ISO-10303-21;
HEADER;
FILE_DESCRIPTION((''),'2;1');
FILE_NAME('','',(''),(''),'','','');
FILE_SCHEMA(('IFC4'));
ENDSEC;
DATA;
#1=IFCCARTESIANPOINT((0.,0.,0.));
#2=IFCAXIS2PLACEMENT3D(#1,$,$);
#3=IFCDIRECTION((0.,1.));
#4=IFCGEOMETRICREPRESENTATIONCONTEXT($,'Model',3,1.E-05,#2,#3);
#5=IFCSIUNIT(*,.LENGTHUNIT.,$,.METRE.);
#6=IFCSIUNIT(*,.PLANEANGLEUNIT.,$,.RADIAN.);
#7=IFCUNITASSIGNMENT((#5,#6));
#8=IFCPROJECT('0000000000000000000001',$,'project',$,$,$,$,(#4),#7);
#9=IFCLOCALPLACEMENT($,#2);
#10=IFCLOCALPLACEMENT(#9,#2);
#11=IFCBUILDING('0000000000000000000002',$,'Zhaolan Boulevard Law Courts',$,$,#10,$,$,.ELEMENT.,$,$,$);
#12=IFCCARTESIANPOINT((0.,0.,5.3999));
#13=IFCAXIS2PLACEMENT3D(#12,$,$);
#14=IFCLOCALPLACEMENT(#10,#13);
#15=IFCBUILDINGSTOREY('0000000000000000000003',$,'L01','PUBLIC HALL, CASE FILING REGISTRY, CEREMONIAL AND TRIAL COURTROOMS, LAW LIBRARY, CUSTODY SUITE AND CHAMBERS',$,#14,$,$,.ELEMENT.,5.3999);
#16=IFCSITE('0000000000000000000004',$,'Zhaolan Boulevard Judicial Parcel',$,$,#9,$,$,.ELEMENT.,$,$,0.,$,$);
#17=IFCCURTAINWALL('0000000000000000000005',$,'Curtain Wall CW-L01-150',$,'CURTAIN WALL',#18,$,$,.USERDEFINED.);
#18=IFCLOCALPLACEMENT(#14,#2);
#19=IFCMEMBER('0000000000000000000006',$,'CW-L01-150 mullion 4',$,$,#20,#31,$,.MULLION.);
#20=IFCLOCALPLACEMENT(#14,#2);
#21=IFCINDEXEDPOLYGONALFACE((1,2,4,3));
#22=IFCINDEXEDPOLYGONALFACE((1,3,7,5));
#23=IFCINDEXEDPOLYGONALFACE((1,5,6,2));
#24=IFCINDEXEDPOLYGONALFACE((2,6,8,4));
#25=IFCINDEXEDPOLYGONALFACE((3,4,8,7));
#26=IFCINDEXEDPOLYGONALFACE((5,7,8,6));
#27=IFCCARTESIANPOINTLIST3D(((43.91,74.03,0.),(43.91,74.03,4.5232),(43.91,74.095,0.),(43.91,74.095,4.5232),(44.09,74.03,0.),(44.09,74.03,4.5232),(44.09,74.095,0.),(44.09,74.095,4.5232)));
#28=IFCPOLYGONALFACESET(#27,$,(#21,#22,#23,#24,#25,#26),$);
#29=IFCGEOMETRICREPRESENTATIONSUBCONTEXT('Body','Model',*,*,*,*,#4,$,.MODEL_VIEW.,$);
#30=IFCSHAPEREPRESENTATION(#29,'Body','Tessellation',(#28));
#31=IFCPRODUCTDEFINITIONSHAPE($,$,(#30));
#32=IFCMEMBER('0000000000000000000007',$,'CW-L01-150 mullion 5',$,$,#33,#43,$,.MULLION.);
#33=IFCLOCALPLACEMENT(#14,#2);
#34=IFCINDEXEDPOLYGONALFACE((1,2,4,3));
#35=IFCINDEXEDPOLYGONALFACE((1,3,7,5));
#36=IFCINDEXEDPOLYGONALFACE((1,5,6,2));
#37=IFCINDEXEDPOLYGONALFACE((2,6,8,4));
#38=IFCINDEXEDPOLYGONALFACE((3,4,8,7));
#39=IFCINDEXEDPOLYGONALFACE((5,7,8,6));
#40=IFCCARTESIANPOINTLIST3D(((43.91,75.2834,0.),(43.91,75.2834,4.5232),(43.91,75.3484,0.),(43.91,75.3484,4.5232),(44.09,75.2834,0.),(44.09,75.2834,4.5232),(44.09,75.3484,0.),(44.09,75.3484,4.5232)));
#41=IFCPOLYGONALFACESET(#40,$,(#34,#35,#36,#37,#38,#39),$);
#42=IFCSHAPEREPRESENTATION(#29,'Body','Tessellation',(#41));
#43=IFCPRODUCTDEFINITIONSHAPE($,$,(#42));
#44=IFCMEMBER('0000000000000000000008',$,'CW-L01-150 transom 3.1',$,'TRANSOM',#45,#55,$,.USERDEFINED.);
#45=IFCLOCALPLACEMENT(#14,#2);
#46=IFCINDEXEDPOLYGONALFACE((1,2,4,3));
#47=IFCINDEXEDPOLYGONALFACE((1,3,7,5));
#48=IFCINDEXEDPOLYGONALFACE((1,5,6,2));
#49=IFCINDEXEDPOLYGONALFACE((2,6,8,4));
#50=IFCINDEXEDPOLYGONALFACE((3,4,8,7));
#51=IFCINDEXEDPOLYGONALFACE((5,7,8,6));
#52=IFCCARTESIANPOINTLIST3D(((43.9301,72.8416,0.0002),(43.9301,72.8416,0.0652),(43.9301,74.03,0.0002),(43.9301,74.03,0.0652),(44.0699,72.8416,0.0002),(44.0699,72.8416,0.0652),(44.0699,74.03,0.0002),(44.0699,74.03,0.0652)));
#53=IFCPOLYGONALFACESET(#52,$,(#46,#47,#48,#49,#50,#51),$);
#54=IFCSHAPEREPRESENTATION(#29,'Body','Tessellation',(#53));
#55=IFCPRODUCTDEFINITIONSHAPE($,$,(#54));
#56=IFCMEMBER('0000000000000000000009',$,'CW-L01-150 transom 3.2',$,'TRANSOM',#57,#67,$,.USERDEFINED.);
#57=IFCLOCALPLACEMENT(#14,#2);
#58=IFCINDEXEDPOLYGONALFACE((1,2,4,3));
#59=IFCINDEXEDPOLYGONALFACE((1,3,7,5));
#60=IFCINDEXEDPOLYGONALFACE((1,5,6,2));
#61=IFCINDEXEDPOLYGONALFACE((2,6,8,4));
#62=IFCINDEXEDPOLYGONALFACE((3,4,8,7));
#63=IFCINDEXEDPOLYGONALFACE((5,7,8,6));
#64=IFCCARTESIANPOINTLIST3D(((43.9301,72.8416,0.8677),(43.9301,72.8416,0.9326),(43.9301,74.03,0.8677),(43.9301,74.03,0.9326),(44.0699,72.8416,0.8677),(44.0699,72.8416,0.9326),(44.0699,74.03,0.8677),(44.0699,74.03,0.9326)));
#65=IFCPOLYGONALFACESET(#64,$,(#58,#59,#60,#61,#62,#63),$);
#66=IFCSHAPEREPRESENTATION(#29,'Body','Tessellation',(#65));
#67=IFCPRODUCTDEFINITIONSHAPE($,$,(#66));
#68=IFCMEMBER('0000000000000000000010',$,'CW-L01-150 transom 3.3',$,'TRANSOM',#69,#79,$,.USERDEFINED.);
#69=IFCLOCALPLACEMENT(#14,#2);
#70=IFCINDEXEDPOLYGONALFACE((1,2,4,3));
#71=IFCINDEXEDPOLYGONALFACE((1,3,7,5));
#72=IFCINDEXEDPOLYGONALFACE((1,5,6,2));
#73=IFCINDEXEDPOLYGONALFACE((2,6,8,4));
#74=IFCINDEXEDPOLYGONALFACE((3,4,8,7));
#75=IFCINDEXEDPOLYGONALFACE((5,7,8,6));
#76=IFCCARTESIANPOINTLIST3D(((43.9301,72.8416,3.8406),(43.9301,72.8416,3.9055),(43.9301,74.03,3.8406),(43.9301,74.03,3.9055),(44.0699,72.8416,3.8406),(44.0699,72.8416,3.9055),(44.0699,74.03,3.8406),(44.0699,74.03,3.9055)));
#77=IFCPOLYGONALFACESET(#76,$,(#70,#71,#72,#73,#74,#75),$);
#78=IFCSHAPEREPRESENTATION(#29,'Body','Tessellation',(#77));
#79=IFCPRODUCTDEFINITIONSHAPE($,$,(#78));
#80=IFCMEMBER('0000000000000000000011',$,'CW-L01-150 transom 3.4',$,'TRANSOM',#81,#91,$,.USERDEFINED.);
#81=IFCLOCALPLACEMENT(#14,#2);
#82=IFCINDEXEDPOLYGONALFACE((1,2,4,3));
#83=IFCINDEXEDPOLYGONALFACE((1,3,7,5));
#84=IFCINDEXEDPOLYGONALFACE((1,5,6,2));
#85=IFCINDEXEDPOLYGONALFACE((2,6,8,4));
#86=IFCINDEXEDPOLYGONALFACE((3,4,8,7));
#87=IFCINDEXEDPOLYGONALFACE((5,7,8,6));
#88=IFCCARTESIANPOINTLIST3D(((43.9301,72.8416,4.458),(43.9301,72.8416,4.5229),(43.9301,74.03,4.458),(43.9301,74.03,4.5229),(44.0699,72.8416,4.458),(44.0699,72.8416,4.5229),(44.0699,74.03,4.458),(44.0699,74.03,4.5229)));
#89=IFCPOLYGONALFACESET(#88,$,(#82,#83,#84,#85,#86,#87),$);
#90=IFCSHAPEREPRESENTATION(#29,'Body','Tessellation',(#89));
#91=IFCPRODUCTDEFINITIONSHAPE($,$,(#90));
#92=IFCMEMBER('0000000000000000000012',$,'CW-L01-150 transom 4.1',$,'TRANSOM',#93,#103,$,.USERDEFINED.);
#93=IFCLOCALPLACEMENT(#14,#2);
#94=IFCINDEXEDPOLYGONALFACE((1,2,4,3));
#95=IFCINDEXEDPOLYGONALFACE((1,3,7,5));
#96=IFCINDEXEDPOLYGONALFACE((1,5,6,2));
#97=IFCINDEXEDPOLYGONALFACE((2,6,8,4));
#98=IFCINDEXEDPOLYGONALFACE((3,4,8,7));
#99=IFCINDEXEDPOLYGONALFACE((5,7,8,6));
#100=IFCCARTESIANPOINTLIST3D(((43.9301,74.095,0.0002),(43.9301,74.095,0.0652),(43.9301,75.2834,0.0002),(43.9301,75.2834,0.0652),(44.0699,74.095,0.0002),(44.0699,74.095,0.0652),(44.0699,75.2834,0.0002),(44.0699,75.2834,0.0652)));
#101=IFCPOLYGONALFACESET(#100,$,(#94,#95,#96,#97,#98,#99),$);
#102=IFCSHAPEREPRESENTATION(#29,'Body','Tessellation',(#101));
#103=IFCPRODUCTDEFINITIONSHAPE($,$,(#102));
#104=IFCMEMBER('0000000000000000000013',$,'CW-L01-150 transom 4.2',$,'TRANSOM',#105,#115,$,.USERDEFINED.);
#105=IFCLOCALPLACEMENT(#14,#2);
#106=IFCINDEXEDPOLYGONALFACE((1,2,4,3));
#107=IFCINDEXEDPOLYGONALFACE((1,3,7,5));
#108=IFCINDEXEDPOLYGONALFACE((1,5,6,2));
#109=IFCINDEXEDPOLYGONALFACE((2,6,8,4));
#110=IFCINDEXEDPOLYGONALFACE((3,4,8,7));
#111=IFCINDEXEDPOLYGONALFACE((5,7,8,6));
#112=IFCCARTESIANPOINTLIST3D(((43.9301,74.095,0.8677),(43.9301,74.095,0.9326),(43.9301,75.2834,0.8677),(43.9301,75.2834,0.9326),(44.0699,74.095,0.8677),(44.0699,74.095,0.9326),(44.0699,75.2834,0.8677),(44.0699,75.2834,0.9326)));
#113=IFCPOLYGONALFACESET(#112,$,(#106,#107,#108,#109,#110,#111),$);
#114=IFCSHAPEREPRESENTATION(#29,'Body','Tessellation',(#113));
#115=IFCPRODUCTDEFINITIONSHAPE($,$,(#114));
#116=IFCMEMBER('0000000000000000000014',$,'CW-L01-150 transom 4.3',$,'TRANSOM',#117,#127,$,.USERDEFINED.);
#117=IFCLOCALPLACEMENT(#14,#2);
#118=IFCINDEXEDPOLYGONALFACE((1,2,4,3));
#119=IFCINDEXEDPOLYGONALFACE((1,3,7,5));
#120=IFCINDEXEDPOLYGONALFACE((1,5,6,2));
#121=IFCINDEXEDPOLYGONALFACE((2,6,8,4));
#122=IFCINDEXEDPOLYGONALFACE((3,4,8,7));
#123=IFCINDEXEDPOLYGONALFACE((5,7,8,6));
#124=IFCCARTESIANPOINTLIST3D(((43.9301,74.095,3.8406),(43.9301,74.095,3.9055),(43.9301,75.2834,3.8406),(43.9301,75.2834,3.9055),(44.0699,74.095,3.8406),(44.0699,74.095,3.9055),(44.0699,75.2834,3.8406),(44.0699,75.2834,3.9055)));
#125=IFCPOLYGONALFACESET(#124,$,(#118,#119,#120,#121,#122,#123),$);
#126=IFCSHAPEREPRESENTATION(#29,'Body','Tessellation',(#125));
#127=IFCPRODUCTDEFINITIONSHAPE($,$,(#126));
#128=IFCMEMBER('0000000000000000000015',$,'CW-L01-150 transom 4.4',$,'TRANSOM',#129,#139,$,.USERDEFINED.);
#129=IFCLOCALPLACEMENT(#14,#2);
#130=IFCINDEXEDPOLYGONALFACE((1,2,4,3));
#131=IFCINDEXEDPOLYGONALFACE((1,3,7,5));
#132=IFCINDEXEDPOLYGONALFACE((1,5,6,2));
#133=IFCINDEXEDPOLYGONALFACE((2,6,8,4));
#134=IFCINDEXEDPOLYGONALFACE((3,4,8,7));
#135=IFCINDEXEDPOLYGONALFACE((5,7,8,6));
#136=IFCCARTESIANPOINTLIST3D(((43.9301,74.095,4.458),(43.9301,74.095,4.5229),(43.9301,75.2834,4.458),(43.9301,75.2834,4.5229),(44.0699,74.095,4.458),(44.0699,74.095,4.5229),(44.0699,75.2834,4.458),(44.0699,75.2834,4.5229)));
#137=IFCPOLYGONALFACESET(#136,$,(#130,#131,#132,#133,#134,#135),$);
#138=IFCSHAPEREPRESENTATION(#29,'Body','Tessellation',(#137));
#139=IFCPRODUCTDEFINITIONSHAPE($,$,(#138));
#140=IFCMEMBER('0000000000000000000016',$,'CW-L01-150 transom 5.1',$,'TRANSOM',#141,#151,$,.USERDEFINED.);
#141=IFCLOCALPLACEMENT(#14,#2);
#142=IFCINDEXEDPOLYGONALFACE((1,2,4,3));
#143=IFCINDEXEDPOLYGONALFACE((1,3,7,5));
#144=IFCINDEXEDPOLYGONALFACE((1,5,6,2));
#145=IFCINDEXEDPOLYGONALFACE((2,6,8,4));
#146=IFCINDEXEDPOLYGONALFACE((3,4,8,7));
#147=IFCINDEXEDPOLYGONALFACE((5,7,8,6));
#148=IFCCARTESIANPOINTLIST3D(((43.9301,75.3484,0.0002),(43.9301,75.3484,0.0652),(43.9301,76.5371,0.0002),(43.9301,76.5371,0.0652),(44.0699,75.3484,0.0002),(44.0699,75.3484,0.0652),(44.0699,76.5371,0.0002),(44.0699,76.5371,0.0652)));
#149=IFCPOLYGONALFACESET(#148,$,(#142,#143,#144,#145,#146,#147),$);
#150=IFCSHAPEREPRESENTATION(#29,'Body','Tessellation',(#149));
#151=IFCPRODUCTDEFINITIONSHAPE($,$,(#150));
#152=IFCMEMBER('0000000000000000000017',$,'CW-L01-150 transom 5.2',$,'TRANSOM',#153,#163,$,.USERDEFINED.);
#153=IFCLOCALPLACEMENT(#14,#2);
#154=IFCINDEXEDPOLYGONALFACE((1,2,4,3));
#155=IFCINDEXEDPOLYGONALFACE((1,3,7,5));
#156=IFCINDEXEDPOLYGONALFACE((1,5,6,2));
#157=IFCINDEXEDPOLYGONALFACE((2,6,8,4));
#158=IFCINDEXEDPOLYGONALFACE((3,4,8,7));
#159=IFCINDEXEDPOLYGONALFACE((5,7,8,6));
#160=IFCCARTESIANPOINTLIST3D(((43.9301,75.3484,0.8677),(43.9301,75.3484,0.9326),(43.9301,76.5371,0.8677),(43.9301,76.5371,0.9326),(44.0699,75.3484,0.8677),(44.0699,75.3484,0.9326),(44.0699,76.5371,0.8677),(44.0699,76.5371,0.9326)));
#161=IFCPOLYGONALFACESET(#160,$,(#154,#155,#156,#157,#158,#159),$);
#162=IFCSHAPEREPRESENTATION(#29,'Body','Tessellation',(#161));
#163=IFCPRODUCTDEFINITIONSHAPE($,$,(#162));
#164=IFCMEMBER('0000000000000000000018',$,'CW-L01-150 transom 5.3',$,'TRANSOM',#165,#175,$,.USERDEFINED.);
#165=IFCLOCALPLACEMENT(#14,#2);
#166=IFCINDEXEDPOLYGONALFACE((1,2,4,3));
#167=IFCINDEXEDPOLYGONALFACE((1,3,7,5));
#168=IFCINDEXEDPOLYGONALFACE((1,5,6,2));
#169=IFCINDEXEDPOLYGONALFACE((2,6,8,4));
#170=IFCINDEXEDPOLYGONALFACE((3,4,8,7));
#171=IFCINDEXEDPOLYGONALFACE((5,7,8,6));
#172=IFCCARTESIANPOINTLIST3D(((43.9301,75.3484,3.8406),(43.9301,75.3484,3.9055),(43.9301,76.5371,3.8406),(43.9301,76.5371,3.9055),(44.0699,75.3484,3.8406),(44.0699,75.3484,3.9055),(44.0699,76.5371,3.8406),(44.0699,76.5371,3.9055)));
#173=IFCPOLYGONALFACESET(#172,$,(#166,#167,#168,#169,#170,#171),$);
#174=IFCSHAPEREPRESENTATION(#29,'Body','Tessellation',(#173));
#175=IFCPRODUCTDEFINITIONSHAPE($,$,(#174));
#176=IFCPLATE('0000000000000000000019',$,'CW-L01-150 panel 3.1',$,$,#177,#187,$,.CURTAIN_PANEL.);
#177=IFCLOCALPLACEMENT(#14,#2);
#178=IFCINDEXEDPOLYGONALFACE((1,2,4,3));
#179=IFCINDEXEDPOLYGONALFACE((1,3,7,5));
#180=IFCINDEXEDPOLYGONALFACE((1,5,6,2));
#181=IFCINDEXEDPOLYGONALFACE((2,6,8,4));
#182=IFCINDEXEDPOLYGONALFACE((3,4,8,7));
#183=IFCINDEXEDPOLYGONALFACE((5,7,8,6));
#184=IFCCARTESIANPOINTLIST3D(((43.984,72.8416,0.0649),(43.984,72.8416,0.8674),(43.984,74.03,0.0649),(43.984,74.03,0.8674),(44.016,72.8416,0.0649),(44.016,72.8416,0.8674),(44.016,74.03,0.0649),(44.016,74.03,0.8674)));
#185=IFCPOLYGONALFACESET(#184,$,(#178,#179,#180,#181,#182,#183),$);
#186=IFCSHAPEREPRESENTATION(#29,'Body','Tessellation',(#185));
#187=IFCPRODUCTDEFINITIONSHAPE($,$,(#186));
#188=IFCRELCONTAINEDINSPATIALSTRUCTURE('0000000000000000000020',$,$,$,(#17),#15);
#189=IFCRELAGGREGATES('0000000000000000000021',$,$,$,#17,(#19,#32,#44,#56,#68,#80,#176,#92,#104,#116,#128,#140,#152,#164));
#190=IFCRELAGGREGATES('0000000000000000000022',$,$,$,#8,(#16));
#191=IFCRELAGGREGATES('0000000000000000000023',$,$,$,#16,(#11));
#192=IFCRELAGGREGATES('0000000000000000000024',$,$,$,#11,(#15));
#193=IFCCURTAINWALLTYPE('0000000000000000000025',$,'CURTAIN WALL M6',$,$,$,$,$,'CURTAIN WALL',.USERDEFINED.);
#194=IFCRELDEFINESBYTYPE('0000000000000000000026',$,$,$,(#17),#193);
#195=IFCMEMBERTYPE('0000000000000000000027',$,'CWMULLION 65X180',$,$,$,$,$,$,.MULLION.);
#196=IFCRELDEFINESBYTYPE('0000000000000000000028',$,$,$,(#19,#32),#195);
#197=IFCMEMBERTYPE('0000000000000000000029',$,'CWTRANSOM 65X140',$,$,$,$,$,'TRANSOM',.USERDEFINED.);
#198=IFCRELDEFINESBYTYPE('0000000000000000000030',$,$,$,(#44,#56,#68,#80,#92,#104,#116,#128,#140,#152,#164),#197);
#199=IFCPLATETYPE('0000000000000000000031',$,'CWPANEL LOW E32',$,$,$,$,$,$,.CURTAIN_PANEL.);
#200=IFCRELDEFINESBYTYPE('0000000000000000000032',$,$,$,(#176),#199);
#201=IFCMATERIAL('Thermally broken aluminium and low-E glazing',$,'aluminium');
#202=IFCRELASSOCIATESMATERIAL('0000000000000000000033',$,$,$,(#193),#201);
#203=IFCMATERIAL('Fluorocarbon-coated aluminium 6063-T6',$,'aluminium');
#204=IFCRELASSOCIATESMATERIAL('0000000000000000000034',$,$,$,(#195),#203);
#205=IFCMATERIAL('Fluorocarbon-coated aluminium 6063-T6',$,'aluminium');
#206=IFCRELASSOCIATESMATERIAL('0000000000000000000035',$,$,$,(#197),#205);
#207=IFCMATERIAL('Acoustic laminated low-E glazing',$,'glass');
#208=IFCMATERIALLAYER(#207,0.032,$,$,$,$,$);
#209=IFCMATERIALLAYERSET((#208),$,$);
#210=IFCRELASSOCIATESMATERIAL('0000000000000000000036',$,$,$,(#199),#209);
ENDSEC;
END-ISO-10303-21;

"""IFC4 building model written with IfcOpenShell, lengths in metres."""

from ifc_helpers import new_model, si_unit, direction, frame, origin, origin_2d, place, context, subcontext, project, spatial, rectangle, extrude, material, layer, layer_set, material_profile, profile_set, type_object, element, aggregate, save


model = new_model("IFC4")

# Units and contexts
model_context = context("Model", 3, precision=1e-05, world=origin(), true_north=direction((0.0, 1.0)))
body_context = subcontext(model_context, "Body", "Model", "MODEL_VIEW")
ifc_project = project(units=[si_unit("LENGTHUNIT", "METRE"), si_unit("PLANEANGLEUNIT", "RADIAN")], contexts=[model_context])

# Site, building, storey
site_placement = place(None, origin())
site = spatial("IfcSite", under=ifc_project, at=site_placement, Name="Zhaolan Boulevard Judicial Parcel", CompositionType="ELEMENT", RefElevation=0.0)
building_placement = place(site_placement, origin())
building = spatial("IfcBuilding", under=site, at=building_placement, Name="Zhaolan Boulevard Law Courts", CompositionType="ELEMENT")
storey_placement = place(building_placement, frame((0.0, 0.0, 5.3999)))
storey = spatial("IfcBuildingStorey", under=building, at=storey_placement, Name="L01", Description="PUBLIC HALL, CASE FILING REGISTRY, CEREMONIAL AND TRIAL COURTROOMS, LAW LIBRARY, CUSTODY SUITE AND CHAMBERS", CompositionType="ELEMENT", Elevation=5.3999)

# Curtain wall, members, plate
ifc_material_1 = material(Name="Thermally broken aluminium and low-E glazing", Category="aluminium")
curtain_wall_type = type_object("IfcCurtainWallType", Name="CURTAIN WALL M6", ElementType="CURTAIN WALL", PredefinedType="USERDEFINED", material=ifc_material_1)
curtain_wall_placement = place(storey_placement, origin())
curtain_wall = element("IfcCurtainWall", 1, at=curtain_wall_placement, inside=storey, type_object=curtain_wall_type, Name="Curtain Wall CW-L01-150", ObjectType="CURTAIN WALL", PredefinedType="USERDEFINED")
ifc_material_2 = material(Name="Fluorocarbon-coated aluminium 6063-T6", Category="aluminium")
ifc_material_profile_1 = material_profile(ifc_material_2, rectangle(XDim=0.1799, YDim=0.0649, at=origin_2d()), Name="AL65x180")
ifc_profile_set_1 = profile_set([ifc_material_profile_1], Name="Fluorocarbon-coated aluminium 6063-T6")
member_type_1 = type_object("IfcMemberType", Name="CWMULLION 65X180", PredefinedType="MULLION", material=ifc_profile_set_1)
member_1_placement = place(storey_placement, frame((44.0, 74.0625, 0.0), z_axis=(0.0, 0.0, 1.0), x_axis=(-1.0, 0.0, 0.0)))
member_1 = element("IfcMember", 2, at=member_1_placement, type_object=member_type_1, Name="CW-L01-150 mullion 4", PredefinedType="MULLION", context=body_context, shape_type="SweptSolid", body=[
    extrude(rectangle(XDim=0.1799, YDim=0.0649, at=origin_2d()), origin(), (0.0, 0.0, 1.0), 4.5232),
])
member_2_placement = place(storey_placement, frame((44.0, 75.3159, 0.0), z_axis=(0.0, 0.0, 1.0), x_axis=(-1.0, 0.0, 0.0)))
member_2 = element("IfcMember", 3, at=member_2_placement, type_object=member_type_1, Name="CW-L01-150 mullion 5", PredefinedType="MULLION", context=body_context, shape_type="SweptSolid", body=[
    extrude(rectangle(XDim=0.1799, YDim=0.0649, at=origin_2d()), origin(), (0.0, 0.0, 1.0), 4.5232),
])
ifc_material_3 = material(Name="Fluorocarbon-coated aluminium 6063-T6", Category="aluminium")
ifc_material_profile_2 = material_profile(ifc_material_3, rectangle(XDim=0.1399, YDim=0.0649, at=origin_2d()), Name="AL65x140")
ifc_profile_set_2 = profile_set([ifc_material_profile_2], Name="Fluorocarbon-coated aluminium 6063-T6")
member_type_2 = type_object("IfcMemberType", Name="CWTRANSOM 65X140", ElementType="TRANSOM", PredefinedType="USERDEFINED", material=ifc_profile_set_2)
member_3_placement = place(storey_placement, frame((44.0, 72.8416, 0.0327), z_axis=(0.0, 1.0, 0.0), x_axis=(-1.0, 0.0, 0.0)))
member_3 = element("IfcMember", 4, at=member_3_placement, type_object=member_type_2, Name="CW-L01-150 transom 3.1", ObjectType="TRANSOM", PredefinedType="USERDEFINED", context=body_context, shape_type="SweptSolid", body=[
    extrude(rectangle(XDim=0.1399, YDim=0.0649, at=origin_2d()), origin(), (0.0, 0.0, 1.0), 1.1885),
])
member_4_placement = place(storey_placement, frame((44.0, 72.8416, 0.9001), z_axis=(0.0, 1.0, 0.0), x_axis=(-1.0, 0.0, 0.0)))
member_4 = element("IfcMember", 5, at=member_4_placement, type_object=member_type_2, Name="CW-L01-150 transom 3.2", ObjectType="TRANSOM", PredefinedType="USERDEFINED", context=body_context, shape_type="SweptSolid", body=[
    extrude(rectangle(XDim=0.1399, YDim=0.0649, at=origin_2d()), origin(), (0.0, 0.0, 1.0), 1.1885),
])
member_5_placement = place(storey_placement, frame((44.0, 72.8416, 3.873), z_axis=(0.0, 1.0, 0.0), x_axis=(-1.0, 0.0, 0.0)))
member_5 = element("IfcMember", 6, at=member_5_placement, type_object=member_type_2, Name="CW-L01-150 transom 3.3", ObjectType="TRANSOM", PredefinedType="USERDEFINED", context=body_context, shape_type="SweptSolid", body=[
    extrude(rectangle(XDim=0.1399, YDim=0.0649, at=origin_2d()), origin(), (0.0, 0.0, 1.0), 1.1885),
])
member_6_placement = place(storey_placement, frame((44.0, 72.8416, 4.4905), z_axis=(0.0, 1.0, 0.0), x_axis=(-1.0, 0.0, 0.0)))
member_6 = element("IfcMember", 7, at=member_6_placement, type_object=member_type_2, Name="CW-L01-150 transom 3.4", ObjectType="TRANSOM", PredefinedType="USERDEFINED", context=body_context, shape_type="SweptSolid", body=[
    extrude(rectangle(XDim=0.1399, YDim=0.0649, at=origin_2d()), origin(), (0.0, 0.0, 1.0), 1.1885),
])
member_7_placement = place(storey_placement, frame((44.0, 74.095, 0.0327), z_axis=(0.0, 1.0, 0.0), x_axis=(-1.0, 0.0, 0.0)))
member_7 = element("IfcMember", 8, at=member_7_placement, type_object=member_type_2, Name="CW-L01-150 transom 4.1", ObjectType="TRANSOM", PredefinedType="USERDEFINED", context=body_context, shape_type="SweptSolid", body=[
    extrude(rectangle(XDim=0.1399, YDim=0.0649, at=origin_2d()), origin(), (0.0, 0.0, 1.0), 1.1885),
])
member_8_placement = place(storey_placement, frame((44.0, 74.095, 0.9001), z_axis=(0.0, 1.0, 0.0), x_axis=(-1.0, 0.0, 0.0)))
member_8 = element("IfcMember", 9, at=member_8_placement, type_object=member_type_2, Name="CW-L01-150 transom 4.2", ObjectType="TRANSOM", PredefinedType="USERDEFINED", context=body_context, shape_type="SweptSolid", body=[
    extrude(rectangle(XDim=0.1399, YDim=0.0649, at=origin_2d()), origin(), (0.0, 0.0, 1.0), 1.1885),
])
member_9_placement = place(storey_placement, frame((44.0, 74.095, 3.873), z_axis=(0.0, 1.0, 0.0), x_axis=(-1.0, 0.0, 0.0)))
member_9 = element("IfcMember", 10, at=member_9_placement, type_object=member_type_2, Name="CW-L01-150 transom 4.3", ObjectType="TRANSOM", PredefinedType="USERDEFINED", context=body_context, shape_type="SweptSolid", body=[
    extrude(rectangle(XDim=0.1399, YDim=0.0649, at=origin_2d()), origin(), (0.0, 0.0, 1.0), 1.1885),
])
member_10_placement = place(storey_placement, frame((44.0, 74.095, 4.4905), z_axis=(0.0, 1.0, 0.0), x_axis=(-1.0, 0.0, 0.0)))
member_10 = element("IfcMember", 11, at=member_10_placement, type_object=member_type_2, Name="CW-L01-150 transom 4.4", ObjectType="TRANSOM", PredefinedType="USERDEFINED", context=body_context, shape_type="SweptSolid", body=[
    extrude(rectangle(XDim=0.1399, YDim=0.0649, at=origin_2d()), origin(), (0.0, 0.0, 1.0), 1.1885),
])
member_11_placement = place(storey_placement, frame((44.0, 75.3484, 0.0327), z_axis=(0.0, 1.0, 0.0), x_axis=(-1.0, 0.0, 0.0)))
member_11 = element("IfcMember", 12, at=member_11_placement, type_object=member_type_2, Name="CW-L01-150 transom 5.1", ObjectType="TRANSOM", PredefinedType="USERDEFINED", context=body_context, shape_type="SweptSolid", body=[
    extrude(rectangle(XDim=0.1399, YDim=0.0649, at=origin_2d()), origin(), (0.0, 0.0, 1.0), 1.1887),
])
member_12_placement = place(storey_placement, frame((44.0, 75.3484, 0.9001), z_axis=(0.0, 1.0, 0.0), x_axis=(-1.0, 0.0, 0.0)))
member_12 = element("IfcMember", 13, at=member_12_placement, type_object=member_type_2, Name="CW-L01-150 transom 5.2", ObjectType="TRANSOM", PredefinedType="USERDEFINED", context=body_context, shape_type="SweptSolid", body=[
    extrude(rectangle(XDim=0.1399, YDim=0.0649, at=origin_2d()), origin(), (0.0, 0.0, 1.0), 1.1887),
])
member_13_placement = place(storey_placement, frame((44.0, 75.3484, 3.873), z_axis=(0.0, 1.0, 0.0), x_axis=(-1.0, 0.0, 0.0)))
member_13 = element("IfcMember", 14, at=member_13_placement, type_object=member_type_2, Name="CW-L01-150 transom 5.3", ObjectType="TRANSOM", PredefinedType="USERDEFINED", context=body_context, shape_type="SweptSolid", body=[
    extrude(rectangle(XDim=0.1399, YDim=0.0649, at=origin_2d()), origin(), (0.0, 0.0, 1.0), 1.1887),
])
ifc_material_4 = material(Name="Acoustic laminated low-E glazing", Category="glass")
ifc_layer = layer(ifc_material_4, 0.032)
ifc_layer_set = layer_set([ifc_layer])
plate_type = type_object("IfcPlateType", Name="CWPANEL LOW E32", PredefinedType="CURTAIN_PANEL", material=ifc_layer_set)
plate_1_placement = place(storey_placement, frame((44.0, 73.4358, 0.0649), z_axis=(0.0, 0.0, 1.0), x_axis=(0.0, 1.0, 0.0)))
plate_1 = element("IfcPlate", 15, at=plate_1_placement, type_object=plate_type, Name="CW-L01-150 panel 3.1", PredefinedType="CURTAIN_PANEL", context=body_context, shape_type="SweptSolid", body=[
    extrude(rectangle(XDim=1.1885, YDim=0.032, at=origin_2d()), origin(), (0.0, 0.0, 1.0), 0.8025),
])
aggregate(curtain_wall, [member_1, member_2, member_3, member_4, member_5, member_6, plate_1, member_7, member_8, member_9, member_10, member_11, member_12, member_13])

save(model, "model.ifc")
